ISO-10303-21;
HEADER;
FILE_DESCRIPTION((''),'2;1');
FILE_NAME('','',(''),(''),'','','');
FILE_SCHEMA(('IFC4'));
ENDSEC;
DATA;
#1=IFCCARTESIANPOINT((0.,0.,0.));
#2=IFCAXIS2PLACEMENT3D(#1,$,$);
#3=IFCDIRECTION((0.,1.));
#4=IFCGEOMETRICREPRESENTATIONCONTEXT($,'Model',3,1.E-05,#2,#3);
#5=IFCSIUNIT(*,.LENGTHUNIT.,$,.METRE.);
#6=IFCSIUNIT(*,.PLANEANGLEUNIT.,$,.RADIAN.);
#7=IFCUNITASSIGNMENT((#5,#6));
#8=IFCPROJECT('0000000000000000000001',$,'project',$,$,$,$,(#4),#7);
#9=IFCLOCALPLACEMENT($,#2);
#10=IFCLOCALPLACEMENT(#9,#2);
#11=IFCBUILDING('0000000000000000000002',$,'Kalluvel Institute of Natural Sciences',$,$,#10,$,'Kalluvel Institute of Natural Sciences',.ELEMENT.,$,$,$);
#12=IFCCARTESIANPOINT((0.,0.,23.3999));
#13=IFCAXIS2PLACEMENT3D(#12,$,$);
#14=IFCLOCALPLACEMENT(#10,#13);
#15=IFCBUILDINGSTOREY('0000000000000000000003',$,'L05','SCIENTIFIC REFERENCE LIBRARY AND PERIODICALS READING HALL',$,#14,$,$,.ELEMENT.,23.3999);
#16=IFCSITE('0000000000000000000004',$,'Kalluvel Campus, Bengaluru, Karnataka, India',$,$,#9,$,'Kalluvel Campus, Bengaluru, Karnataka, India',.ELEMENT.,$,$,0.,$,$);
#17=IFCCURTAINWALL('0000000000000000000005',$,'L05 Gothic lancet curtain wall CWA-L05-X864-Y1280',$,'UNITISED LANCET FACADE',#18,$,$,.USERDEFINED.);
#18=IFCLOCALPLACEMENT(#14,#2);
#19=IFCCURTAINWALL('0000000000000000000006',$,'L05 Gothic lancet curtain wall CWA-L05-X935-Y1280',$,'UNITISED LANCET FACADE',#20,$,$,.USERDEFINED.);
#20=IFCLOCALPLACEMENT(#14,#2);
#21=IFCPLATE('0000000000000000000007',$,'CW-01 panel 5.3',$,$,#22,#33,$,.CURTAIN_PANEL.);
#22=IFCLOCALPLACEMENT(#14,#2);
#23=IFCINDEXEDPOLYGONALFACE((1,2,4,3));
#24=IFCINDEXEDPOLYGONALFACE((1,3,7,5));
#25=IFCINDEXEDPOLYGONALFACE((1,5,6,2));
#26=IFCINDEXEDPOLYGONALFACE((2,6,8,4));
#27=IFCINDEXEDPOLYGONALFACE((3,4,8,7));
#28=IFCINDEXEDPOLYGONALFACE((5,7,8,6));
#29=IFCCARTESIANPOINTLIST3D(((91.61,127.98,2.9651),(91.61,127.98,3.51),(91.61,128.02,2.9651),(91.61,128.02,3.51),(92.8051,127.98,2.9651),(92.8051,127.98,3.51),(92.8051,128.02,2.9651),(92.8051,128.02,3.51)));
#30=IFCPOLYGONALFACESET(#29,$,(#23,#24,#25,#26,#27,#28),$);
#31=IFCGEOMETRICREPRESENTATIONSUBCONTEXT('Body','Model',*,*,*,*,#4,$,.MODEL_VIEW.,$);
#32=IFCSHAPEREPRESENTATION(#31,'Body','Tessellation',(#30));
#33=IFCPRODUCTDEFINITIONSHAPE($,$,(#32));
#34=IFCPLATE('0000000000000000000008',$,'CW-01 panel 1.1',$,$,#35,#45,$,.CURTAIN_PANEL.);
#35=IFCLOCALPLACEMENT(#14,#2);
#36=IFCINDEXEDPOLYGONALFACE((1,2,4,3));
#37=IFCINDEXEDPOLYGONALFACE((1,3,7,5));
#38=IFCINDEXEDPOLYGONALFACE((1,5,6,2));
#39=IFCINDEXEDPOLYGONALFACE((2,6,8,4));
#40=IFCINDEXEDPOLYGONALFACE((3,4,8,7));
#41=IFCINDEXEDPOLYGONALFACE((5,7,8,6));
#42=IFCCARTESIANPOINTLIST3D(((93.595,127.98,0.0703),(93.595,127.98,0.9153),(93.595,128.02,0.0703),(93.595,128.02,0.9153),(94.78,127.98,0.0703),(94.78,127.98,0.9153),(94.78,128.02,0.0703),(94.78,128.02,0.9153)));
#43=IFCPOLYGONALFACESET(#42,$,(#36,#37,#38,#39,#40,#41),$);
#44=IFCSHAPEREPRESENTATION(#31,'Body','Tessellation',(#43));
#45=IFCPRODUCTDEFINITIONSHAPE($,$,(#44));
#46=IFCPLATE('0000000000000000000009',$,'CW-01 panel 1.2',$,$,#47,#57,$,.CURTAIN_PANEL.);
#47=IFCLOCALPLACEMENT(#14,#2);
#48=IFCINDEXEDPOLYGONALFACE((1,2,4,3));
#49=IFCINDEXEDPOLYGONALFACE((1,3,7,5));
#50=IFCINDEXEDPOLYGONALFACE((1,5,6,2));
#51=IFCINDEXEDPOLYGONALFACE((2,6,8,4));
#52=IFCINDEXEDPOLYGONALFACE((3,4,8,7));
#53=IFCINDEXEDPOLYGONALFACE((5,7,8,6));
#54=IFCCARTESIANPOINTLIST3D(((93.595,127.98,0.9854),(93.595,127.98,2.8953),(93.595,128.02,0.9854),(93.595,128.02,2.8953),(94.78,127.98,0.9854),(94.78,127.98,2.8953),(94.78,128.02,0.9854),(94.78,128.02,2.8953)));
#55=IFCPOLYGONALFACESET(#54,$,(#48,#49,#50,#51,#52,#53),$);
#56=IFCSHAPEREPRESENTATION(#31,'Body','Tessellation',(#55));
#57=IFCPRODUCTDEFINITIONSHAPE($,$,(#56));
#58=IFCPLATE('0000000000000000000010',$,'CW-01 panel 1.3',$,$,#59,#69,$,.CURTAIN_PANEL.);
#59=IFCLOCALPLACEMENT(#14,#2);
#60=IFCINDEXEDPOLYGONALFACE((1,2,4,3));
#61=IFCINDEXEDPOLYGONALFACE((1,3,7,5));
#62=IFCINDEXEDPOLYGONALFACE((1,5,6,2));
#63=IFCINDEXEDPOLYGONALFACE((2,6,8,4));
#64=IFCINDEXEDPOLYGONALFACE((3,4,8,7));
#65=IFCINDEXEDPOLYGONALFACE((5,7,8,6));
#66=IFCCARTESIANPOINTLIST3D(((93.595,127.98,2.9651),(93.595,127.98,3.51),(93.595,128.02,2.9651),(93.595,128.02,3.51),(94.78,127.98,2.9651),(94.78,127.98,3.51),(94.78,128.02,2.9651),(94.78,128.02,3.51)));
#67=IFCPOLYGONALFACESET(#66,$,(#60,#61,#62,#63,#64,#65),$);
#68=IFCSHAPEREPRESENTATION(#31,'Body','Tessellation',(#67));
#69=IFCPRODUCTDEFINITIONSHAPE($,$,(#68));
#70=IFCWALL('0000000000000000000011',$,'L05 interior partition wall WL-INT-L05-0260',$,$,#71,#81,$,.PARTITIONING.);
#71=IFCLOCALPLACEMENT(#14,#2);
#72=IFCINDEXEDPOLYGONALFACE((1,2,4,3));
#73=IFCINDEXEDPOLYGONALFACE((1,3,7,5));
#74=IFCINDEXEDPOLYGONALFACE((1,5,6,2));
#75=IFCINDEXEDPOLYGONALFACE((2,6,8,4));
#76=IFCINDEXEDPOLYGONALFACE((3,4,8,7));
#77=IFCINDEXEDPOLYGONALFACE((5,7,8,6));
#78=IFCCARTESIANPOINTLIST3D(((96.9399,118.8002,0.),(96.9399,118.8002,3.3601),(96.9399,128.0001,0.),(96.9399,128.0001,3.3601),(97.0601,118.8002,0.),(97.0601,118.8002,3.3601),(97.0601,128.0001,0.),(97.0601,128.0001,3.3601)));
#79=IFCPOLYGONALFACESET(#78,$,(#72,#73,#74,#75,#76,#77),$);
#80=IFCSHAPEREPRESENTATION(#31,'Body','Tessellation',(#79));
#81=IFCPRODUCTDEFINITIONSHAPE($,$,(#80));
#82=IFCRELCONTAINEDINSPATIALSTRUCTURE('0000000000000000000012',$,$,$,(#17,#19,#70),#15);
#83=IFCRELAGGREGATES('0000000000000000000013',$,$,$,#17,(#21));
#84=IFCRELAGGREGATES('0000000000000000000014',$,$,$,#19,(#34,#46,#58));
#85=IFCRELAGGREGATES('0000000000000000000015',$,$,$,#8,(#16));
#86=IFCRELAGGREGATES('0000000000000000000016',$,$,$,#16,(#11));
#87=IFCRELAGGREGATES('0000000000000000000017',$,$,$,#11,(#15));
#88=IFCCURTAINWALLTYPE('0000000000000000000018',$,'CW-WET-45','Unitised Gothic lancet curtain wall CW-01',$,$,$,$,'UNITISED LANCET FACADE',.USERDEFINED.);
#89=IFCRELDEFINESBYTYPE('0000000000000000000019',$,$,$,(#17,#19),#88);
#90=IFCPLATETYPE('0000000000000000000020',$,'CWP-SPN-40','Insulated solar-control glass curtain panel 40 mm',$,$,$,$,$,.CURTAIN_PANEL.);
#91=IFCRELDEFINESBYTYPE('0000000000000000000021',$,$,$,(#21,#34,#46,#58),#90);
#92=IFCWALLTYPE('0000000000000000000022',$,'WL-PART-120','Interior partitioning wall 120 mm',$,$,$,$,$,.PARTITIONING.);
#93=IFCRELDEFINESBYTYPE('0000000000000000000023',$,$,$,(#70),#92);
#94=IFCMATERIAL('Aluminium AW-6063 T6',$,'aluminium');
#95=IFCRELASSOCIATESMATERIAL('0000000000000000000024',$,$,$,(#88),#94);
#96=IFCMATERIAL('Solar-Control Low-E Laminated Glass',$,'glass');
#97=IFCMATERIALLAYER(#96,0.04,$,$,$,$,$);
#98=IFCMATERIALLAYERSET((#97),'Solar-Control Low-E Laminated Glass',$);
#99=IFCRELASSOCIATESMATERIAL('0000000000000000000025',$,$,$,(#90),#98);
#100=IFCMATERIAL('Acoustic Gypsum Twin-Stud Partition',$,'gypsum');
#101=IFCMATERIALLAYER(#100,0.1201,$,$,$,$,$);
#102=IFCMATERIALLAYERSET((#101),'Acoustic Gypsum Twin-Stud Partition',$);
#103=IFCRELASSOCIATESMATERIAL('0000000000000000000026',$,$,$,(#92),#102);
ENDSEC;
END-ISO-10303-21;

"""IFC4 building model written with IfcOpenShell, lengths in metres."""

from ifc_helpers import new_model, si_unit, direction, frame, frame_2d, origin, origin_2d, place, context, subcontext, project, spatial, rectangle, extrude, material, layer, layer_set, type_object, element, aggregate, save


model = new_model("IFC4")

# Units and contexts
model_context = context("Model", 3, precision=1e-05, world=origin(), true_north=direction((0.0, 1.0)))
body_context = subcontext(model_context, "Body", "Model", "MODEL_VIEW")
ifc_project = project(units=[si_unit("LENGTHUNIT", "METRE"), si_unit("PLANEANGLEUNIT", "RADIAN")], contexts=[model_context])

# Site, building, storey
site_placement = place(None, origin())
site = spatial("IfcSite", under=ifc_project, at=site_placement, Name="Kalluvel Campus, Bengaluru, Karnataka, India", LongName="Kalluvel Campus, Bengaluru, Karnataka, India", CompositionType="ELEMENT", RefElevation=0.0)
building_placement = place(site_placement, origin())
building = spatial("IfcBuilding", under=site, at=building_placement, Name="Kalluvel Institute of Natural Sciences", LongName="Kalluvel Institute of Natural Sciences", CompositionType="ELEMENT")
storey_placement = place(building_placement, frame((0.0, 0.0, 23.3999)))
storey = spatial("IfcBuildingStorey", under=building, at=storey_placement, Name="L05", Description="SCIENTIFIC REFERENCE LIBRARY AND PERIODICALS READING HALL", CompositionType="ELEMENT", Elevation=23.3999)

# Curtain walls
ifc_material_1 = material(Name="Aluminium AW-6063 T6", Category="aluminium")
curtain_wall_type = type_object("IfcCurtainWallType", Name="CW-WET-45", Description="Unitised Gothic lancet curtain wall CW-01", ElementType="UNITISED LANCET FACADE", PredefinedType="USERDEFINED", material=ifc_material_1)
curtain_wall_1_placement = place(storey_placement, origin())
curtain_wall_1 = element("IfcCurtainWall", 1, at=curtain_wall_1_placement, inside=storey, type_object=curtain_wall_type, Name="L05 Gothic lancet curtain wall CWA-L05-X864-Y1280", ObjectType="UNITISED LANCET FACADE", PredefinedType="USERDEFINED")
curtain_wall_2_placement = place(storey_placement, origin())
curtain_wall_2 = element("IfcCurtainWall", 2, at=curtain_wall_2_placement, inside=storey, type_object=curtain_wall_type, Name="L05 Gothic lancet curtain wall CWA-L05-X935-Y1280", ObjectType="UNITISED LANCET FACADE", PredefinedType="USERDEFINED")

# Plates
ifc_material_2 = material(Name="Solar-Control Low-E Laminated Glass", Category="glass")
ifc_layer_1 = layer(ifc_material_2, 0.04)
ifc_layer_set_1 = layer_set([ifc_layer_1], Name="Solar-Control Low-E Laminated Glass")
plate_type = type_object("IfcPlateType", Name="CWP-SPN-40", Description="Insulated solar-control glass curtain panel 40 mm", PredefinedType="CURTAIN_PANEL", material=ifc_layer_set_1)
plate_1_placement = place(storey_placement, frame((92.2075, 128.0, 2.9651), z_axis=(0.0, 0.0, 1.0), x_axis=(1.0, 0.0, 0.0)))
plate_1 = element("IfcPlate", 3, at=plate_1_placement, type_object=plate_type, Name="CW-01 panel 5.3", PredefinedType="CURTAIN_PANEL", context=body_context, shape_type="SweptSolid", body=[
    extrude(rectangle(XDim=1.1951, YDim=0.04, at=origin_2d()), origin(), (0.0, 0.0, 1.0), 0.5449),
])
aggregate(curtain_wall_1, [plate_1])
plate_2_placement = place(storey_placement, frame((94.1875, 128.0, 0.0703), z_axis=(0.0, 0.0, 1.0), x_axis=(1.0, 0.0, 0.0)))
plate_2 = element("IfcPlate", 4, at=plate_2_placement, type_object=plate_type, Name="CW-01 panel 1.1", PredefinedType="CURTAIN_PANEL", context=body_context, shape_type="SweptSolid", body=[
    extrude(rectangle(XDim=1.1851, YDim=0.04, at=origin_2d()), origin(), (0.0, 0.0, 1.0), 0.845),
])
plate_3_placement = place(storey_placement, frame((94.1875, 128.0, 0.9854), z_axis=(0.0, 0.0, 1.0), x_axis=(1.0, 0.0, 0.0)))
plate_3 = element("IfcPlate", 5, at=plate_3_placement, type_object=plate_type, Name="CW-01 panel 1.2", PredefinedType="CURTAIN_PANEL", context=body_context, shape_type="SweptSolid", body=[
    extrude(rectangle(XDim=1.1851, YDim=0.04, at=origin_2d()), origin(), (0.0, 0.0, 1.0), 1.9099),
])
plate_4_placement = place(storey_placement, frame((94.1875, 128.0, 2.9651), z_axis=(0.0, 0.0, 1.0), x_axis=(1.0, 0.0, 0.0)))
plate_4 = element("IfcPlate", 6, at=plate_4_placement, type_object=plate_type, Name="CW-01 panel 1.3", PredefinedType="CURTAIN_PANEL", context=body_context, shape_type="SweptSolid", body=[
    extrude(rectangle(XDim=1.1851, YDim=0.04, at=origin_2d()), origin(), (0.0, 0.0, 1.0), 0.5449),
])
aggregate(curtain_wall_2, [plate_2, plate_3, plate_4])

# Wall
ifc_material_3 = material(Name="Acoustic Gypsum Twin-Stud Partition", Category="gypsum")
ifc_layer_2 = layer(ifc_material_3, 0.1201)
ifc_layer_set_2 = layer_set([ifc_layer_2], Name="Acoustic Gypsum Twin-Stud Partition")
wall_type = type_object("IfcWallType", Name="WL-PART-120", Description="Interior partitioning wall 120 mm", PredefinedType="PARTITIONING", material=ifc_layer_set_2)
wall_placement = place(storey_placement, frame((97.0, 118.8, 0.0), z_axis=(0.0, 0.0, 1.0), x_axis=(0.0, 1.0, 0.0)))
element("IfcWall", 7, at=wall_placement, inside=storey, type_object=wall_type, Name="L05 interior partition wall WL-INT-L05-0260", PredefinedType="PARTITIONING", context=body_context, shape_type="SweptSolid", body=[
    extrude(rectangle(XDim=9.2, YDim=0.1201, at=frame_2d((4.6001, 0.0))), origin(), (0.0, 0.0, 1.0), 3.3601),
])

save(model, "model.ifc")
